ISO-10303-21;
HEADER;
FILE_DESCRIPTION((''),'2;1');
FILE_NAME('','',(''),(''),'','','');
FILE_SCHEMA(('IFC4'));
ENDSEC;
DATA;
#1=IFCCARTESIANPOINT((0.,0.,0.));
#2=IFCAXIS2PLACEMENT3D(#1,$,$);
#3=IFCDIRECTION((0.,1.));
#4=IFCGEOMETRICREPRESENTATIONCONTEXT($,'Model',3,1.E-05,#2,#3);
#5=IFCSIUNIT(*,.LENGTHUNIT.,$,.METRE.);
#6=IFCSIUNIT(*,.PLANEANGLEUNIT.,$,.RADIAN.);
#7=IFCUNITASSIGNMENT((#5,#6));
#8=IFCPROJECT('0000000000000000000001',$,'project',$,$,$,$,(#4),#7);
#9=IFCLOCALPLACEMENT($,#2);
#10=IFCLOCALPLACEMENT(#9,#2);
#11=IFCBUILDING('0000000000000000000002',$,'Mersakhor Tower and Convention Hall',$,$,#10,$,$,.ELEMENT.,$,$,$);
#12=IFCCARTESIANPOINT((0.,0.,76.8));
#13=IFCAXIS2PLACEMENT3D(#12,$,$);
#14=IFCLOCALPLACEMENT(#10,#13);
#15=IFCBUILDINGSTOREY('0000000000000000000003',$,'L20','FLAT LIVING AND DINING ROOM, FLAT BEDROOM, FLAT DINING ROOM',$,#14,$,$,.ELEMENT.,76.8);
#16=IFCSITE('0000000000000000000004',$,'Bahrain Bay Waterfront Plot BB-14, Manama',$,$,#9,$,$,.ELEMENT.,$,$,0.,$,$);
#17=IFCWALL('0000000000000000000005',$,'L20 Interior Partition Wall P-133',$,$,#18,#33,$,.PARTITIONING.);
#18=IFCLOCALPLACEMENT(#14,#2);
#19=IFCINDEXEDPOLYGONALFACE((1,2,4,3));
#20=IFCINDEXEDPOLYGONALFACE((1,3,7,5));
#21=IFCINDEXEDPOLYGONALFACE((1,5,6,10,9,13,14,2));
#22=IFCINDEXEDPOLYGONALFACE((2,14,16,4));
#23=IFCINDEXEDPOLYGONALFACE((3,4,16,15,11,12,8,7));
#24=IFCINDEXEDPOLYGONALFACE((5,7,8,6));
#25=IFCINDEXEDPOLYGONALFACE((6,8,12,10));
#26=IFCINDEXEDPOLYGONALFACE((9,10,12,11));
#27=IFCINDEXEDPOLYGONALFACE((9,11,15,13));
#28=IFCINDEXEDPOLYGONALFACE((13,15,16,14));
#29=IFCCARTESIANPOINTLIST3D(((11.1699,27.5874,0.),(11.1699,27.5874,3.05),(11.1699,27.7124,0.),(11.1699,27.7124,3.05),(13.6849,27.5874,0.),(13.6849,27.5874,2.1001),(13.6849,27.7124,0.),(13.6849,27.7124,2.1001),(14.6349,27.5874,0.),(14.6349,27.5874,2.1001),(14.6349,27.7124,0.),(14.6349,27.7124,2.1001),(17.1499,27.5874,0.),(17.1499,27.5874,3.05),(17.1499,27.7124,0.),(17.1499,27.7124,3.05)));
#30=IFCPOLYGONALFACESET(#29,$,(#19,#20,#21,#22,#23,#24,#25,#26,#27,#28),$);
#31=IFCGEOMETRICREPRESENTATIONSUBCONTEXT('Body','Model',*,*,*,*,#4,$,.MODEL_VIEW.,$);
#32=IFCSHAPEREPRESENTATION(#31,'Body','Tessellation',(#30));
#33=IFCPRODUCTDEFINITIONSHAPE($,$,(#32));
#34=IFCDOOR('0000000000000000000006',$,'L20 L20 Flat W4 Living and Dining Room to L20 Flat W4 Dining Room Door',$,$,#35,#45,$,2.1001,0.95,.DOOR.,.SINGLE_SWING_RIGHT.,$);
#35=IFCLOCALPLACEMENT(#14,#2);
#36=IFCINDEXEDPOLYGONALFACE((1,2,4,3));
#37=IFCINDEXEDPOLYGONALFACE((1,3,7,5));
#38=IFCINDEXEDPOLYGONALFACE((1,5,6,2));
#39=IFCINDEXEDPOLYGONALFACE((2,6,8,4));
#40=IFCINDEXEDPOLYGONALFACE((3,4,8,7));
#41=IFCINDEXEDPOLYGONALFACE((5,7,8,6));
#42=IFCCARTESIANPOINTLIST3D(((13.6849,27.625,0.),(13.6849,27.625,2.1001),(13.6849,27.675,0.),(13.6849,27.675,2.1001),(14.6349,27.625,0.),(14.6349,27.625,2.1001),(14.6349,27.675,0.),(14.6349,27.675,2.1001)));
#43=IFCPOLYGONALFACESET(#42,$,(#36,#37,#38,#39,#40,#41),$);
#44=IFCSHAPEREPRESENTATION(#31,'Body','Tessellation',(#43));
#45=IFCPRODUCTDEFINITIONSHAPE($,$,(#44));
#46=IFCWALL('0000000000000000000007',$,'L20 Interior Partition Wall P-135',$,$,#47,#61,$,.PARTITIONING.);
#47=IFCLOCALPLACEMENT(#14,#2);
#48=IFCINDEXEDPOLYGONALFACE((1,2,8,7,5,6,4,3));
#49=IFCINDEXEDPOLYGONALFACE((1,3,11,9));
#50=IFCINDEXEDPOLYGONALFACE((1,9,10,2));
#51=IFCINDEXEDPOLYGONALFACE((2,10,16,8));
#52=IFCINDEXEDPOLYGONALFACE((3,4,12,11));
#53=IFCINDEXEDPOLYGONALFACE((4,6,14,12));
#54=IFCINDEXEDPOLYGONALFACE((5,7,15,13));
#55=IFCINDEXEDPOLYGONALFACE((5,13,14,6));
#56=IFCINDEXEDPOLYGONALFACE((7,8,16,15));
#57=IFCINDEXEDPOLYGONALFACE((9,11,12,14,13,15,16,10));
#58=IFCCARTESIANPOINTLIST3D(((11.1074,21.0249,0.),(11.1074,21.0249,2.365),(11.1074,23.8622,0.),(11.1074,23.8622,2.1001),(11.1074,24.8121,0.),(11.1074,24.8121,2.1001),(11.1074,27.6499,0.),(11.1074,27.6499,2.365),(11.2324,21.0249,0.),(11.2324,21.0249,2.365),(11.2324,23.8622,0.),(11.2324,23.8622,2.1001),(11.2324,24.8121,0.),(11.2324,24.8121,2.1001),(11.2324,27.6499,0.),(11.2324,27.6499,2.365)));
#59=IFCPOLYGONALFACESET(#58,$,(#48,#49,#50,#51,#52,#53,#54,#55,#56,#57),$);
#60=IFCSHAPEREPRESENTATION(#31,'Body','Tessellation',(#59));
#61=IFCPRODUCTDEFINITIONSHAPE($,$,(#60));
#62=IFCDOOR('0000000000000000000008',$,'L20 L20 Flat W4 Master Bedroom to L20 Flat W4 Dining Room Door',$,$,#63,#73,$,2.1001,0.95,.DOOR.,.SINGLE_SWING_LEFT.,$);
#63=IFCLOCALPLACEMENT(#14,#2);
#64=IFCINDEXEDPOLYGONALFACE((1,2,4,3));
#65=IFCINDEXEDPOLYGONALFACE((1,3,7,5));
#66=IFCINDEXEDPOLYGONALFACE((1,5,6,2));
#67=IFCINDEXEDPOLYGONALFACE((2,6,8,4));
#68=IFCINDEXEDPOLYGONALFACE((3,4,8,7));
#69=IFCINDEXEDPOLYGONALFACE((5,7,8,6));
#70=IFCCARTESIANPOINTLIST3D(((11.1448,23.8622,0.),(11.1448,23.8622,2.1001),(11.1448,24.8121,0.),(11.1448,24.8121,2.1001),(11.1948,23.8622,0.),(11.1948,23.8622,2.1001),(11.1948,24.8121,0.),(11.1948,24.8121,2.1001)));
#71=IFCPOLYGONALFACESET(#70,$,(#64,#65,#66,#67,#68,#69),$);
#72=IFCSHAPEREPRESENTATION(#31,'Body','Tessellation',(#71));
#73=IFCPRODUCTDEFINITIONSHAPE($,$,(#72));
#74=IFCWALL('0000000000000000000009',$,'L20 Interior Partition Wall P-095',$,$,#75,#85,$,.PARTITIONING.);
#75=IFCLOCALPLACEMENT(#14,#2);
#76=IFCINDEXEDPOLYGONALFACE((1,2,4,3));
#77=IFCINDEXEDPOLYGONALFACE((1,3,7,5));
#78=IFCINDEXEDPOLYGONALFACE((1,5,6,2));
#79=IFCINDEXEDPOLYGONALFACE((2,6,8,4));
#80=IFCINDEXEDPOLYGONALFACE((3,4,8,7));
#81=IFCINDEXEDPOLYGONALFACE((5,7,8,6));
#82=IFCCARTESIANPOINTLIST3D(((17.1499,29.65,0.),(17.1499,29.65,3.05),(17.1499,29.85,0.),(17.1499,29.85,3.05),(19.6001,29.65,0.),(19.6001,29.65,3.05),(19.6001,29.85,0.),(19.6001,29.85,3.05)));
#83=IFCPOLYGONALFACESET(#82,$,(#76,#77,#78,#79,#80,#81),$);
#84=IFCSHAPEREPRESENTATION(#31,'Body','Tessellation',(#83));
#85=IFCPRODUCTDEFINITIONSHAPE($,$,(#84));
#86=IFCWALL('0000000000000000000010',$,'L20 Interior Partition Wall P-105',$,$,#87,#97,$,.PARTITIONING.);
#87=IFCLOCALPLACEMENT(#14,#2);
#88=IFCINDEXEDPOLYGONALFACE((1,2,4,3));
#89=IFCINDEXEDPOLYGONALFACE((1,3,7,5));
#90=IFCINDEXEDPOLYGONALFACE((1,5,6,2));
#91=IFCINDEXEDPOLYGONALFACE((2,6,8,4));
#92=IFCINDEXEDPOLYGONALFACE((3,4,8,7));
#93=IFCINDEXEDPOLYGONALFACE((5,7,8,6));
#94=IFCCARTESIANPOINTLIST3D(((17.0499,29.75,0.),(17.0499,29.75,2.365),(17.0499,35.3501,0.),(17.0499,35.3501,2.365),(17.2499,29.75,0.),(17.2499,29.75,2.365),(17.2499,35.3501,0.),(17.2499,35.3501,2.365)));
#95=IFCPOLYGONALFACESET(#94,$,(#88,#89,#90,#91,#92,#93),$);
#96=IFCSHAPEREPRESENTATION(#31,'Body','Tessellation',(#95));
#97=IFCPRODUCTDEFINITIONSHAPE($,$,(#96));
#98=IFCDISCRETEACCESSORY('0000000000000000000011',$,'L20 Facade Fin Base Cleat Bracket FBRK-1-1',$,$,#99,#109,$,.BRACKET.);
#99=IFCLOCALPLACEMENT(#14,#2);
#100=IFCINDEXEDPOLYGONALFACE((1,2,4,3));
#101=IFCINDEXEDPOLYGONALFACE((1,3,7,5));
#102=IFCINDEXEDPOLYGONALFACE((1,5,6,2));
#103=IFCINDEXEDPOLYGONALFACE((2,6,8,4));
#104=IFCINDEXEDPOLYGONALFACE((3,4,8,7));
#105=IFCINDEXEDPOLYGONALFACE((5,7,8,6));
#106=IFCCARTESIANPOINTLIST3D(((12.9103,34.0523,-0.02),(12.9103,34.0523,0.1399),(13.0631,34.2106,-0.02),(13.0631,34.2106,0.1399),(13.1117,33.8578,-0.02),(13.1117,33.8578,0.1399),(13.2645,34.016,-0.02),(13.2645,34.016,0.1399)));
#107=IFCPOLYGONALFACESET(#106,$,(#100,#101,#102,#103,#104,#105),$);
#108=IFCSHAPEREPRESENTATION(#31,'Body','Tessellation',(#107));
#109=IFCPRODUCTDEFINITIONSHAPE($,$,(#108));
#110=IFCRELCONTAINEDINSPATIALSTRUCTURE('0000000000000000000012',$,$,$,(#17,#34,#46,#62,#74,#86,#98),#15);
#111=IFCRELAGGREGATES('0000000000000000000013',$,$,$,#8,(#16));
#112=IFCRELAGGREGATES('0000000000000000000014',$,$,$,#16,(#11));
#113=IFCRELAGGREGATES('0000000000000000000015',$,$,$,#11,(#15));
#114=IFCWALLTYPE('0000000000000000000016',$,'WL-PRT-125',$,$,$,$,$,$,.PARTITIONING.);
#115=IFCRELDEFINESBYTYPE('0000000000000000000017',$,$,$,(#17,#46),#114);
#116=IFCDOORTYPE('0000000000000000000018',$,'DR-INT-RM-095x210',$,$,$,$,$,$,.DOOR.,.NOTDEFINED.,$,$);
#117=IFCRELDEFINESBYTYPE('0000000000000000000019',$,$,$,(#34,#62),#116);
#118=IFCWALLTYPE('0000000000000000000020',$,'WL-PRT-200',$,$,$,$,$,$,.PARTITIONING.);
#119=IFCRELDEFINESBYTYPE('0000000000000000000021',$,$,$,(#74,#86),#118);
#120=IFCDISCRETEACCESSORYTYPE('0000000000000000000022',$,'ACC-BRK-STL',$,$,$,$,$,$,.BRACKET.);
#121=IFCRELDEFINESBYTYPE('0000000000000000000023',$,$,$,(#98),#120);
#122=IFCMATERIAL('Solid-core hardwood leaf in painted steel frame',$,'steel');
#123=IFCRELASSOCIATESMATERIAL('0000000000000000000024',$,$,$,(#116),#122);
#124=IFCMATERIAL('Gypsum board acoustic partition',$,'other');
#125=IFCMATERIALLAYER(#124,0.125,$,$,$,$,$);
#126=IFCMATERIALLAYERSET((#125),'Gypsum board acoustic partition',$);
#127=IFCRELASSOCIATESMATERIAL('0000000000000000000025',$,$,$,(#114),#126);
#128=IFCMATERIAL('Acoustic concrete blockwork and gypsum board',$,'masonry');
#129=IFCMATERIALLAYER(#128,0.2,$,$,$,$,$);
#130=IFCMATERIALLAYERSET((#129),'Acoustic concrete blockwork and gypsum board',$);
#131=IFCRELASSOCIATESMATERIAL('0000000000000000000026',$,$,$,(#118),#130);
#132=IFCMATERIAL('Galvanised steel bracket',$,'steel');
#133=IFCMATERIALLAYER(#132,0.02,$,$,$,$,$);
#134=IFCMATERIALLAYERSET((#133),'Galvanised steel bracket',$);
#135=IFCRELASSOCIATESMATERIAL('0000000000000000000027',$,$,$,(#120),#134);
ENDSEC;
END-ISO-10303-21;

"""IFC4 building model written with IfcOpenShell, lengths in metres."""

from ifc_helpers import new_model, si_unit, direction, frame, frame_2d, origin, origin_2d, place, context, subcontext, project, spatial, rectangle, extrude, material, layer, layer_set, type_object, element, fill, save


model = new_model("IFC4")

# Units and contexts
model_context = context("Model", 3, precision=1e-05, world=origin(), true_north=direction((0.0, 1.0)))
body_context = subcontext(model_context, "Body", "Model", "MODEL_VIEW")
ifc_project = project(units=[si_unit("LENGTHUNIT", "METRE"), si_unit("PLANEANGLEUNIT", "RADIAN")], contexts=[model_context])

# Site, building, storey
site_placement = place(None, origin())
site = spatial("IfcSite", under=ifc_project, at=site_placement, Name="Bahrain Bay Waterfront Plot BB-14, Manama", CompositionType="ELEMENT", RefElevation=0.0)
building_placement = place(site_placement, origin())
building = spatial("IfcBuilding", under=site, at=building_placement, Name="Mersakhor Tower and Convention Hall", CompositionType="ELEMENT")
storey_placement = place(building_placement, frame((0.0, 0.0, 76.8)))
storey = spatial("IfcBuildingStorey", under=building, at=storey_placement, Name="L20", Description="FLAT LIVING AND DINING ROOM, FLAT BEDROOM, FLAT DINING ROOM", CompositionType="ELEMENT", Elevation=76.8)

# Walls, openings, doors
ifc_material_1 = material(Name="Solid-core hardwood leaf in painted steel frame", Category="steel")
door_type_1 = type_object("IfcDoorType", Name="DR-INT-RM-095x210", OperationType="NOTDEFINED", PredefinedType="DOOR", material=ifc_material_1)
ifc_material_2 = material(Name="Gypsum board acoustic partition", Category="other")
ifc_layer_1 = layer(ifc_material_2, 0.125)
ifc_layer_set_1 = layer_set([ifc_layer_1], Name="Gypsum board acoustic partition")
wall_type_1 = type_object("IfcWallType", Name="WL-PRT-125", PredefinedType="PARTITIONING", material=ifc_layer_set_1)
wall_1_placement = place(storey_placement, frame((17.1499, 27.6499, 0.0), z_axis=(0.0, 0.0, 1.0), x_axis=(-1.0, 0.0, 0.0)))
wall_1 = element("IfcWall", 1, at=wall_1_placement, inside=storey, type_object=wall_type_1, Name="L20 Interior Partition Wall P-133", PredefinedType="PARTITIONING", context=body_context, shape_type="SweptSolid", body=[
    extrude(rectangle(XDim=5.98, YDim=0.125, at=frame_2d((2.99, 0.0))), origin(), (0.0, 0.0, 1.0), 3.05),
])
opening_1_placement = place(wall_1_placement, frame((2.5149, 0.0, 0.0)))
opening_1 = element("IfcOpeningElement", 2, at=opening_1_placement, cuts=wall_1, PredefinedType="OPENING", context=body_context, shape_type="SweptSolid", body=[
    extrude(rectangle(XDim=0.95, YDim=2.1001, at=frame_2d((0.4751, 1.05))), frame((0.0, 0.0725, 0.0), z_axis=(0.0, -1.0, 0.0), x_axis=(1.0, 0.0, 0.0)), (0.0, 0.0, 1.0), 0.145),
])
door_1_placement = place(opening_1_placement, origin())
door_1 = element("IfcDoor", 3, at=door_1_placement, inside=storey, type_object=door_type_1, Name="L20 L20 Flat W4 Living and Dining Room to L20 Flat W4 Dining Room Door", OperationType="SINGLE_SWING_RIGHT", OverallHeight=2.1001, OverallWidth=0.95, PredefinedType="DOOR", context=body_context, shape_type="SweptSolid", body=[
    extrude(rectangle(XDim=0.95, YDim=2.1001, at=frame_2d((0.4751, 1.05))), frame((0.0, 0.0249, 0.0), z_axis=(0.0, -1.0, 0.0), x_axis=(1.0, 0.0, 0.0)), (0.0, 0.0, 1.0), 0.05),
])
fill(opening_1, door_1)
wall_2_placement = place(storey_placement, frame((11.1699, 27.6499, 0.0), z_axis=(0.0, 0.0, 1.0), x_axis=(0.0, -1.0, 0.0)))
wall_2 = element("IfcWall", 4, at=wall_2_placement, inside=storey, type_object=wall_type_1, Name="L20 Interior Partition Wall P-135", PredefinedType="PARTITIONING", context=body_context, shape_type="SweptSolid", body=[
    extrude(rectangle(XDim=6.625, YDim=0.125, at=frame_2d((3.3125, 0.0))), origin(), (0.0, 0.0, 1.0), 2.365),
])
opening_2_placement = place(wall_2_placement, frame((2.8376, 0.0, 0.0)))
opening_2 = element("IfcOpeningElement", 5, at=opening_2_placement, cuts=wall_2, PredefinedType="OPENING", context=body_context, shape_type="SweptSolid", body=[
    extrude(rectangle(XDim=0.95, YDim=2.1001, at=frame_2d((0.4751, 1.05))), frame((0.0, 0.0725, 0.0), z_axis=(0.0, -1.0, 0.0), x_axis=(1.0, 0.0, 0.0)), (0.0, 0.0, 1.0), 0.145),
])
door_2_placement = place(opening_2_placement, origin())
door_2 = element("IfcDoor", 6, at=door_2_placement, inside=storey, type_object=door_type_1, Name="L20 L20 Flat W4 Master Bedroom to L20 Flat W4 Dining Room Door", OperationType="SINGLE_SWING_LEFT", OverallHeight=2.1001, OverallWidth=0.95, PredefinedType="DOOR", context=body_context, shape_type="SweptSolid", body=[
    extrude(rectangle(XDim=0.95, YDim=2.1001, at=frame_2d((0.4751, 1.05))), frame((0.0, 0.0249, 0.0), z_axis=(0.0, -1.0, 0.0), x_axis=(1.0, 0.0, 0.0)), (0.0, 0.0, 1.0), 0.05),
])
fill(opening_2, door_2)

# Walls
ifc_material_3 = material(Name="Acoustic concrete blockwork and gypsum board", Category="masonry")
ifc_layer_2 = layer(ifc_material_3, 0.2)
ifc_layer_set_2 = layer_set([ifc_layer_2], Name="Acoustic concrete blockwork and gypsum board")
wall_type_2 = type_object("IfcWallType", Name="WL-PRT-200", PredefinedType="PARTITIONING", material=ifc_layer_set_2)
wall_3_placement = place(storey_placement, frame((17.1499, 29.75, 0.0), z_axis=(0.0, 0.0, 1.0), x_axis=(1.0, 0.0, 0.0)))
element("IfcWall", 7, at=wall_3_placement, inside=storey, type_object=wall_type_2, Name="L20 Interior Partition Wall P-095", PredefinedType="PARTITIONING", context=body_context, shape_type="SweptSolid", body=[
    extrude(rectangle(XDim=2.4502, YDim=0.2, at=frame_2d((1.2251, 0.0))), origin(), (0.0, 0.0, 1.0), 3.05),
])
wall_4_placement = place(storey_placement, frame((17.1499, 29.75, 0.0), z_axis=(0.0, 0.0, 1.0), x_axis=(0.0, 1.0, 0.0)))
element("IfcWall", 8, at=wall_4_placement, inside=storey, type_object=wall_type_2, Name="L20 Interior Partition Wall P-105", PredefinedType="PARTITIONING", context=body_context, shape_type="SweptSolid", body=[
    extrude(rectangle(XDim=5.6001, YDim=0.2, at=frame_2d((2.8, 0.0))), origin(), (0.0, 0.0, 1.0), 2.365),
])

# Discrete accessory
ifc_material_4 = material(Name="Galvanised steel bracket", Category="steel")
ifc_layer_3 = layer(ifc_material_4, 0.02)
ifc_layer_set_3 = layer_set([ifc_layer_3], Name="Galvanised steel bracket")
discrete_accessory_type = type_object("IfcDiscreteAccessoryType", Name="ACC-BRK-STL", PredefinedType="BRACKET", material=ifc_layer_set_3)
discrete_accessory_placement = place(storey_placement, frame((13.0874, 34.0342, -0.02), z_axis=(0.0, 0.0, 1.0), x_axis=(-0.71934, 0.694658, 0.0)))
element("IfcDiscreteAccessory", 9, at=discrete_accessory_placement, inside=storey, type_object=discrete_accessory_type, Name="L20 Facade Fin Base Cleat Bracket FBRK-1-1", PredefinedType="BRACKET", context=body_context, shape_type="SweptSolid", body=[
    extrude(rectangle(XDim=0.28, YDim=0.22, at=origin_2d()), origin(), (0.0, 0.0, 1.0), 0.1599),
])

save(model, "model.ifc")
